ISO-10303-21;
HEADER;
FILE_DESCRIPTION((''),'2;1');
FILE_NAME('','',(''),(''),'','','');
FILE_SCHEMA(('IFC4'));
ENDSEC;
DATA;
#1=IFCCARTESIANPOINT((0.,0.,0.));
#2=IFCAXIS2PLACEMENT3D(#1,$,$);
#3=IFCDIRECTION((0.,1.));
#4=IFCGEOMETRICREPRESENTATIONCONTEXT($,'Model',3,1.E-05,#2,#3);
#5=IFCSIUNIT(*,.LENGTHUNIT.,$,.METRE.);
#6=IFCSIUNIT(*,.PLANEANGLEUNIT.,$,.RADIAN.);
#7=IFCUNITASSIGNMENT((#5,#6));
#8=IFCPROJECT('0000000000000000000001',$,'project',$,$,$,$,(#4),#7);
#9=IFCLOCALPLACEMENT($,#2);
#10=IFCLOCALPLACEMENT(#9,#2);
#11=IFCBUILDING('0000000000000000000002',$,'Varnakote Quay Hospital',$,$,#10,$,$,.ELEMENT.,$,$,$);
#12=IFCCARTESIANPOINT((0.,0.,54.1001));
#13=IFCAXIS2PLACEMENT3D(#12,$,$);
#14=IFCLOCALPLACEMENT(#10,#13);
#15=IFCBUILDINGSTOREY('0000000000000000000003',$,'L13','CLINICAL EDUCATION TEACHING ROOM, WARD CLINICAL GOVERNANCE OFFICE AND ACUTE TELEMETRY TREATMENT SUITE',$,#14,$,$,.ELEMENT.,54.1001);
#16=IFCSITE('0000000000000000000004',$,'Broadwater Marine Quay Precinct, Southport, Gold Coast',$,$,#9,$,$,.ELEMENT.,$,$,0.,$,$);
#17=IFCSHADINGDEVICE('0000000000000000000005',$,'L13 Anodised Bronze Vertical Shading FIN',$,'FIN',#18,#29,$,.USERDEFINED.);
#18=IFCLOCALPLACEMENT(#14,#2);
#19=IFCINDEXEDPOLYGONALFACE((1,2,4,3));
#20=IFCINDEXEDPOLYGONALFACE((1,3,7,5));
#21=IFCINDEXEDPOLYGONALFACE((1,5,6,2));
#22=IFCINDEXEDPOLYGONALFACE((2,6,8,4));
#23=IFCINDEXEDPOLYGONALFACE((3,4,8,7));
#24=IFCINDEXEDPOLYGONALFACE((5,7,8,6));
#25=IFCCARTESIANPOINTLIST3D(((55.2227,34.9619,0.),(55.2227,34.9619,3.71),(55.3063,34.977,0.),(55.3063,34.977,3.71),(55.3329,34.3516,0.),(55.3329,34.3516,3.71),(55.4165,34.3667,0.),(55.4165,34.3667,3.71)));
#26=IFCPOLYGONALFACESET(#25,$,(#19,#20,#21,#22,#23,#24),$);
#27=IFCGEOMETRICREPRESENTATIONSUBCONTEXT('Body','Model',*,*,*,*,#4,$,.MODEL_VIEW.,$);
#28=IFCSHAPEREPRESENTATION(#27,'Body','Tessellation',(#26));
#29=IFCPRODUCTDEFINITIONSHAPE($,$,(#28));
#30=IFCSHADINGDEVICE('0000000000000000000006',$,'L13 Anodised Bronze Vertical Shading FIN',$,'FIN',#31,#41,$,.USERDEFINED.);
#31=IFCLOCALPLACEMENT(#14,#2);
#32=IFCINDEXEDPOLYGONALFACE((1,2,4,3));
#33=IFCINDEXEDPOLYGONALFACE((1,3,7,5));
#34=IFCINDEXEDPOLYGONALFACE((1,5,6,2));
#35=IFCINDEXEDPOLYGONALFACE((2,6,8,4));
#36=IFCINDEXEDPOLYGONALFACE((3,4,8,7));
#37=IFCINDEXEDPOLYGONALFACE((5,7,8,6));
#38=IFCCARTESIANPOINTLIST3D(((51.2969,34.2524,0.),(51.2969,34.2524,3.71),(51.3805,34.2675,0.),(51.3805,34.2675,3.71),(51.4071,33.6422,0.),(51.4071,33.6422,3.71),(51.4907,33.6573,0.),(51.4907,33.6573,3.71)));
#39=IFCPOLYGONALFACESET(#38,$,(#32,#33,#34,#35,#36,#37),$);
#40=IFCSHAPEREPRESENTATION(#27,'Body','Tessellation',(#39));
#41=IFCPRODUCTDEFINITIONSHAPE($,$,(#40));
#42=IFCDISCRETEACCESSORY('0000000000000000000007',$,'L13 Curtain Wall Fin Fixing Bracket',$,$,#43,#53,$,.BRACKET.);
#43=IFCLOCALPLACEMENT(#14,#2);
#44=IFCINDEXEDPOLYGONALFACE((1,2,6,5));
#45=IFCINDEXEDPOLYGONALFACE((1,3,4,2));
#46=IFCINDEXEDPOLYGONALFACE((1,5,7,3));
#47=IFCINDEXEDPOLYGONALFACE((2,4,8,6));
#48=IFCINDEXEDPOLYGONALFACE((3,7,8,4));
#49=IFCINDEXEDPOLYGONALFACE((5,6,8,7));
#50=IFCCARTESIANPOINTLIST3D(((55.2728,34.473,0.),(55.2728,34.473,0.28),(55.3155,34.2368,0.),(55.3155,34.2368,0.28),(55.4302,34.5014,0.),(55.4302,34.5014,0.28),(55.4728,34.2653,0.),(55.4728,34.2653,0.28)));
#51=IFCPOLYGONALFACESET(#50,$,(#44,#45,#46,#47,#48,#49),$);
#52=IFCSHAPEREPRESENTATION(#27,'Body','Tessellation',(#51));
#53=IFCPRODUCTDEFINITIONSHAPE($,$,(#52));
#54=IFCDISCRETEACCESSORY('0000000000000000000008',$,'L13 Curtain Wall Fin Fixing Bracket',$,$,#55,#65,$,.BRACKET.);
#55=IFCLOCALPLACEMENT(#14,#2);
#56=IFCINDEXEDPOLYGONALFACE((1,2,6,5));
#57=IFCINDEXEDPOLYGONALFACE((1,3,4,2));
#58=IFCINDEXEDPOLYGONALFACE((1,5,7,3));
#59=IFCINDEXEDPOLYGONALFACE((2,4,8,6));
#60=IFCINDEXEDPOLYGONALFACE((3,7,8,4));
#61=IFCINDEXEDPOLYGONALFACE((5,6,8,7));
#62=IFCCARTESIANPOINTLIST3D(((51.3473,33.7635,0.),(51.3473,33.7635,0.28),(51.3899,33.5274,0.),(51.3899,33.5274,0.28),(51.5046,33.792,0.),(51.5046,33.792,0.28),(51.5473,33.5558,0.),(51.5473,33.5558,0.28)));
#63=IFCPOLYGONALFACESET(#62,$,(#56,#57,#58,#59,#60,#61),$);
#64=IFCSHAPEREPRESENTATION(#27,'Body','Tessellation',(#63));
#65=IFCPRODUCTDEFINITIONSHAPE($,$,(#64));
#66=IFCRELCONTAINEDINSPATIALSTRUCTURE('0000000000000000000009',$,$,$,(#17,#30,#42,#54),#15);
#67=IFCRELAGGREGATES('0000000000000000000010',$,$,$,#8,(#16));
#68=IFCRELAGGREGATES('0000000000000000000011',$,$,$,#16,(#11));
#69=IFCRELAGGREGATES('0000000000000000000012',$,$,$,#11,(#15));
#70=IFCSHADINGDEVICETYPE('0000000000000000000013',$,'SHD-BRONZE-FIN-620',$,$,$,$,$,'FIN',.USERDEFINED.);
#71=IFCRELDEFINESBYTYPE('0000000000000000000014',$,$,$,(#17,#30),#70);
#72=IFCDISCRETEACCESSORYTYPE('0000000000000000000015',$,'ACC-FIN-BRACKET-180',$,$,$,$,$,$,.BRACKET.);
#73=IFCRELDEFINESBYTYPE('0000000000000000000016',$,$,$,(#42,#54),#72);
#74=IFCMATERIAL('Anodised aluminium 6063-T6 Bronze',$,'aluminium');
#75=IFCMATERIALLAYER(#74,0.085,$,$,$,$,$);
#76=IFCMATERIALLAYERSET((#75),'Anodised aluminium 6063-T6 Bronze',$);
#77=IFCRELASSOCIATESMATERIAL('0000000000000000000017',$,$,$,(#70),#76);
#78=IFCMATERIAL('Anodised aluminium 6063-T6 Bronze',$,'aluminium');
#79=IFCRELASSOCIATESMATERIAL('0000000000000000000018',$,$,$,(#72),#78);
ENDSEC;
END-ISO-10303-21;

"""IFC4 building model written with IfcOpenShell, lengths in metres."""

from ifc_helpers import new_model, si_unit, direction, frame, origin, origin_2d, place, context, subcontext, project, spatial, rectangle, extrude, material, layer, layer_set, type_object, element, save


model = new_model("IFC4")

# Units and contexts
model_context = context("Model", 3, precision=1e-05, world=origin(), true_north=direction((0.0, 1.0)))
body_context = subcontext(model_context, "Body", "Model", "MODEL_VIEW")
ifc_project = project(units=[si_unit("LENGTHUNIT", "METRE"), si_unit("PLANEANGLEUNIT", "RADIAN")], contexts=[model_context])

# Site, building, storey
site_placement = place(None, origin())
site = spatial("IfcSite", under=ifc_project, at=site_placement, Name="Broadwater Marine Quay Precinct, Southport, Gold Coast", CompositionType="ELEMENT", RefElevation=0.0)
building_placement = place(site_placement, origin())
building = spatial("IfcBuilding", under=site, at=building_placement, Name="Varnakote Quay Hospital", CompositionType="ELEMENT")
storey_placement = place(building_placement, frame((0.0, 0.0, 54.1001)))
storey = spatial("IfcBuildingStorey", under=building, at=storey_placement, Name="L13", Description="CLINICAL EDUCATION TEACHING ROOM, WARD CLINICAL GOVERNANCE OFFICE AND ACUTE TELEMETRY TREATMENT SUITE", CompositionType="ELEMENT", Elevation=54.1001)

# Shading devices
ifc_material_1 = material(Name="Anodised aluminium 6063-T6 Bronze", Category="aluminium")
ifc_layer_1 = layer(ifc_material_1, 0.085)
ifc_layer_set_1 = layer_set([ifc_layer_1], Name="Anodised aluminium 6063-T6 Bronze")
shading_device_type = type_object("IfcShadingDeviceType", Name="SHD-BRONZE-FIN-620", ElementType="FIN", PredefinedType="USERDEFINED", material=ifc_layer_set_1)
for number, where, z_axis, x_axis, name in (
    (1, (55.3196, 34.6643, 0.0), (0.0, 0.0, 1.0), (0.177772, -0.984072, 0.0), "L13 Anodised Bronze Vertical Shading FIN"),
    (2, (51.3938, 33.9548, 0.0), (0.0, 0.0, 1.0), (0.177772, -0.984072, 0.0), "L13 Anodised Bronze Vertical Shading FIN"),
):
    element("IfcShadingDevice", number, at=place(storey_placement, frame(where, z_axis=z_axis, x_axis=x_axis)), inside=storey, type_object=shading_device_type, Name=name, ObjectType="FIN", PredefinedType="USERDEFINED", context=body_context, shape_type="SweptSolid", body=[
        extrude(rectangle(XDim=0.6201, YDim=0.085, at=origin_2d()), origin(), (0.0, 0.0, 1.0), 3.71),
    ])

# Discrete accessories
ifc_material_2 = material(Name="Anodised aluminium 6063-T6 Bronze", Category="aluminium")
discrete_accessory_type = type_object("IfcDiscreteAccessoryType", Name="ACC-FIN-BRACKET-180", PredefinedType="BRACKET", material=ifc_material_2)
for number, where, z_axis, x_axis, name in (
    (3, (55.3728, 34.3691, 0.0), (0.0, 0.0, 1.0), (-0.984072, -0.177772, 0.0), "L13 Curtain Wall Fin Fixing Bracket"),
    (4, (51.4473, 33.6597, 0.0), (0.0, 0.0, 1.0), (-0.984072, -0.177772, 0.0), "L13 Curtain Wall Fin Fixing Bracket"),
):
    element("IfcDiscreteAccessory", number, at=place(storey_placement, frame(where, z_axis=z_axis, x_axis=x_axis)), inside=storey, type_object=discrete_accessory_type, Name=name, PredefinedType="BRACKET", context=body_context, shape_type="SweptSolid", body=[
        extrude(rectangle(XDim=0.1599, YDim=0.24, at=origin_2d()), origin(), (0.0, 0.0, 1.0), 0.28),
    ])

save(model, "model.ifc")
